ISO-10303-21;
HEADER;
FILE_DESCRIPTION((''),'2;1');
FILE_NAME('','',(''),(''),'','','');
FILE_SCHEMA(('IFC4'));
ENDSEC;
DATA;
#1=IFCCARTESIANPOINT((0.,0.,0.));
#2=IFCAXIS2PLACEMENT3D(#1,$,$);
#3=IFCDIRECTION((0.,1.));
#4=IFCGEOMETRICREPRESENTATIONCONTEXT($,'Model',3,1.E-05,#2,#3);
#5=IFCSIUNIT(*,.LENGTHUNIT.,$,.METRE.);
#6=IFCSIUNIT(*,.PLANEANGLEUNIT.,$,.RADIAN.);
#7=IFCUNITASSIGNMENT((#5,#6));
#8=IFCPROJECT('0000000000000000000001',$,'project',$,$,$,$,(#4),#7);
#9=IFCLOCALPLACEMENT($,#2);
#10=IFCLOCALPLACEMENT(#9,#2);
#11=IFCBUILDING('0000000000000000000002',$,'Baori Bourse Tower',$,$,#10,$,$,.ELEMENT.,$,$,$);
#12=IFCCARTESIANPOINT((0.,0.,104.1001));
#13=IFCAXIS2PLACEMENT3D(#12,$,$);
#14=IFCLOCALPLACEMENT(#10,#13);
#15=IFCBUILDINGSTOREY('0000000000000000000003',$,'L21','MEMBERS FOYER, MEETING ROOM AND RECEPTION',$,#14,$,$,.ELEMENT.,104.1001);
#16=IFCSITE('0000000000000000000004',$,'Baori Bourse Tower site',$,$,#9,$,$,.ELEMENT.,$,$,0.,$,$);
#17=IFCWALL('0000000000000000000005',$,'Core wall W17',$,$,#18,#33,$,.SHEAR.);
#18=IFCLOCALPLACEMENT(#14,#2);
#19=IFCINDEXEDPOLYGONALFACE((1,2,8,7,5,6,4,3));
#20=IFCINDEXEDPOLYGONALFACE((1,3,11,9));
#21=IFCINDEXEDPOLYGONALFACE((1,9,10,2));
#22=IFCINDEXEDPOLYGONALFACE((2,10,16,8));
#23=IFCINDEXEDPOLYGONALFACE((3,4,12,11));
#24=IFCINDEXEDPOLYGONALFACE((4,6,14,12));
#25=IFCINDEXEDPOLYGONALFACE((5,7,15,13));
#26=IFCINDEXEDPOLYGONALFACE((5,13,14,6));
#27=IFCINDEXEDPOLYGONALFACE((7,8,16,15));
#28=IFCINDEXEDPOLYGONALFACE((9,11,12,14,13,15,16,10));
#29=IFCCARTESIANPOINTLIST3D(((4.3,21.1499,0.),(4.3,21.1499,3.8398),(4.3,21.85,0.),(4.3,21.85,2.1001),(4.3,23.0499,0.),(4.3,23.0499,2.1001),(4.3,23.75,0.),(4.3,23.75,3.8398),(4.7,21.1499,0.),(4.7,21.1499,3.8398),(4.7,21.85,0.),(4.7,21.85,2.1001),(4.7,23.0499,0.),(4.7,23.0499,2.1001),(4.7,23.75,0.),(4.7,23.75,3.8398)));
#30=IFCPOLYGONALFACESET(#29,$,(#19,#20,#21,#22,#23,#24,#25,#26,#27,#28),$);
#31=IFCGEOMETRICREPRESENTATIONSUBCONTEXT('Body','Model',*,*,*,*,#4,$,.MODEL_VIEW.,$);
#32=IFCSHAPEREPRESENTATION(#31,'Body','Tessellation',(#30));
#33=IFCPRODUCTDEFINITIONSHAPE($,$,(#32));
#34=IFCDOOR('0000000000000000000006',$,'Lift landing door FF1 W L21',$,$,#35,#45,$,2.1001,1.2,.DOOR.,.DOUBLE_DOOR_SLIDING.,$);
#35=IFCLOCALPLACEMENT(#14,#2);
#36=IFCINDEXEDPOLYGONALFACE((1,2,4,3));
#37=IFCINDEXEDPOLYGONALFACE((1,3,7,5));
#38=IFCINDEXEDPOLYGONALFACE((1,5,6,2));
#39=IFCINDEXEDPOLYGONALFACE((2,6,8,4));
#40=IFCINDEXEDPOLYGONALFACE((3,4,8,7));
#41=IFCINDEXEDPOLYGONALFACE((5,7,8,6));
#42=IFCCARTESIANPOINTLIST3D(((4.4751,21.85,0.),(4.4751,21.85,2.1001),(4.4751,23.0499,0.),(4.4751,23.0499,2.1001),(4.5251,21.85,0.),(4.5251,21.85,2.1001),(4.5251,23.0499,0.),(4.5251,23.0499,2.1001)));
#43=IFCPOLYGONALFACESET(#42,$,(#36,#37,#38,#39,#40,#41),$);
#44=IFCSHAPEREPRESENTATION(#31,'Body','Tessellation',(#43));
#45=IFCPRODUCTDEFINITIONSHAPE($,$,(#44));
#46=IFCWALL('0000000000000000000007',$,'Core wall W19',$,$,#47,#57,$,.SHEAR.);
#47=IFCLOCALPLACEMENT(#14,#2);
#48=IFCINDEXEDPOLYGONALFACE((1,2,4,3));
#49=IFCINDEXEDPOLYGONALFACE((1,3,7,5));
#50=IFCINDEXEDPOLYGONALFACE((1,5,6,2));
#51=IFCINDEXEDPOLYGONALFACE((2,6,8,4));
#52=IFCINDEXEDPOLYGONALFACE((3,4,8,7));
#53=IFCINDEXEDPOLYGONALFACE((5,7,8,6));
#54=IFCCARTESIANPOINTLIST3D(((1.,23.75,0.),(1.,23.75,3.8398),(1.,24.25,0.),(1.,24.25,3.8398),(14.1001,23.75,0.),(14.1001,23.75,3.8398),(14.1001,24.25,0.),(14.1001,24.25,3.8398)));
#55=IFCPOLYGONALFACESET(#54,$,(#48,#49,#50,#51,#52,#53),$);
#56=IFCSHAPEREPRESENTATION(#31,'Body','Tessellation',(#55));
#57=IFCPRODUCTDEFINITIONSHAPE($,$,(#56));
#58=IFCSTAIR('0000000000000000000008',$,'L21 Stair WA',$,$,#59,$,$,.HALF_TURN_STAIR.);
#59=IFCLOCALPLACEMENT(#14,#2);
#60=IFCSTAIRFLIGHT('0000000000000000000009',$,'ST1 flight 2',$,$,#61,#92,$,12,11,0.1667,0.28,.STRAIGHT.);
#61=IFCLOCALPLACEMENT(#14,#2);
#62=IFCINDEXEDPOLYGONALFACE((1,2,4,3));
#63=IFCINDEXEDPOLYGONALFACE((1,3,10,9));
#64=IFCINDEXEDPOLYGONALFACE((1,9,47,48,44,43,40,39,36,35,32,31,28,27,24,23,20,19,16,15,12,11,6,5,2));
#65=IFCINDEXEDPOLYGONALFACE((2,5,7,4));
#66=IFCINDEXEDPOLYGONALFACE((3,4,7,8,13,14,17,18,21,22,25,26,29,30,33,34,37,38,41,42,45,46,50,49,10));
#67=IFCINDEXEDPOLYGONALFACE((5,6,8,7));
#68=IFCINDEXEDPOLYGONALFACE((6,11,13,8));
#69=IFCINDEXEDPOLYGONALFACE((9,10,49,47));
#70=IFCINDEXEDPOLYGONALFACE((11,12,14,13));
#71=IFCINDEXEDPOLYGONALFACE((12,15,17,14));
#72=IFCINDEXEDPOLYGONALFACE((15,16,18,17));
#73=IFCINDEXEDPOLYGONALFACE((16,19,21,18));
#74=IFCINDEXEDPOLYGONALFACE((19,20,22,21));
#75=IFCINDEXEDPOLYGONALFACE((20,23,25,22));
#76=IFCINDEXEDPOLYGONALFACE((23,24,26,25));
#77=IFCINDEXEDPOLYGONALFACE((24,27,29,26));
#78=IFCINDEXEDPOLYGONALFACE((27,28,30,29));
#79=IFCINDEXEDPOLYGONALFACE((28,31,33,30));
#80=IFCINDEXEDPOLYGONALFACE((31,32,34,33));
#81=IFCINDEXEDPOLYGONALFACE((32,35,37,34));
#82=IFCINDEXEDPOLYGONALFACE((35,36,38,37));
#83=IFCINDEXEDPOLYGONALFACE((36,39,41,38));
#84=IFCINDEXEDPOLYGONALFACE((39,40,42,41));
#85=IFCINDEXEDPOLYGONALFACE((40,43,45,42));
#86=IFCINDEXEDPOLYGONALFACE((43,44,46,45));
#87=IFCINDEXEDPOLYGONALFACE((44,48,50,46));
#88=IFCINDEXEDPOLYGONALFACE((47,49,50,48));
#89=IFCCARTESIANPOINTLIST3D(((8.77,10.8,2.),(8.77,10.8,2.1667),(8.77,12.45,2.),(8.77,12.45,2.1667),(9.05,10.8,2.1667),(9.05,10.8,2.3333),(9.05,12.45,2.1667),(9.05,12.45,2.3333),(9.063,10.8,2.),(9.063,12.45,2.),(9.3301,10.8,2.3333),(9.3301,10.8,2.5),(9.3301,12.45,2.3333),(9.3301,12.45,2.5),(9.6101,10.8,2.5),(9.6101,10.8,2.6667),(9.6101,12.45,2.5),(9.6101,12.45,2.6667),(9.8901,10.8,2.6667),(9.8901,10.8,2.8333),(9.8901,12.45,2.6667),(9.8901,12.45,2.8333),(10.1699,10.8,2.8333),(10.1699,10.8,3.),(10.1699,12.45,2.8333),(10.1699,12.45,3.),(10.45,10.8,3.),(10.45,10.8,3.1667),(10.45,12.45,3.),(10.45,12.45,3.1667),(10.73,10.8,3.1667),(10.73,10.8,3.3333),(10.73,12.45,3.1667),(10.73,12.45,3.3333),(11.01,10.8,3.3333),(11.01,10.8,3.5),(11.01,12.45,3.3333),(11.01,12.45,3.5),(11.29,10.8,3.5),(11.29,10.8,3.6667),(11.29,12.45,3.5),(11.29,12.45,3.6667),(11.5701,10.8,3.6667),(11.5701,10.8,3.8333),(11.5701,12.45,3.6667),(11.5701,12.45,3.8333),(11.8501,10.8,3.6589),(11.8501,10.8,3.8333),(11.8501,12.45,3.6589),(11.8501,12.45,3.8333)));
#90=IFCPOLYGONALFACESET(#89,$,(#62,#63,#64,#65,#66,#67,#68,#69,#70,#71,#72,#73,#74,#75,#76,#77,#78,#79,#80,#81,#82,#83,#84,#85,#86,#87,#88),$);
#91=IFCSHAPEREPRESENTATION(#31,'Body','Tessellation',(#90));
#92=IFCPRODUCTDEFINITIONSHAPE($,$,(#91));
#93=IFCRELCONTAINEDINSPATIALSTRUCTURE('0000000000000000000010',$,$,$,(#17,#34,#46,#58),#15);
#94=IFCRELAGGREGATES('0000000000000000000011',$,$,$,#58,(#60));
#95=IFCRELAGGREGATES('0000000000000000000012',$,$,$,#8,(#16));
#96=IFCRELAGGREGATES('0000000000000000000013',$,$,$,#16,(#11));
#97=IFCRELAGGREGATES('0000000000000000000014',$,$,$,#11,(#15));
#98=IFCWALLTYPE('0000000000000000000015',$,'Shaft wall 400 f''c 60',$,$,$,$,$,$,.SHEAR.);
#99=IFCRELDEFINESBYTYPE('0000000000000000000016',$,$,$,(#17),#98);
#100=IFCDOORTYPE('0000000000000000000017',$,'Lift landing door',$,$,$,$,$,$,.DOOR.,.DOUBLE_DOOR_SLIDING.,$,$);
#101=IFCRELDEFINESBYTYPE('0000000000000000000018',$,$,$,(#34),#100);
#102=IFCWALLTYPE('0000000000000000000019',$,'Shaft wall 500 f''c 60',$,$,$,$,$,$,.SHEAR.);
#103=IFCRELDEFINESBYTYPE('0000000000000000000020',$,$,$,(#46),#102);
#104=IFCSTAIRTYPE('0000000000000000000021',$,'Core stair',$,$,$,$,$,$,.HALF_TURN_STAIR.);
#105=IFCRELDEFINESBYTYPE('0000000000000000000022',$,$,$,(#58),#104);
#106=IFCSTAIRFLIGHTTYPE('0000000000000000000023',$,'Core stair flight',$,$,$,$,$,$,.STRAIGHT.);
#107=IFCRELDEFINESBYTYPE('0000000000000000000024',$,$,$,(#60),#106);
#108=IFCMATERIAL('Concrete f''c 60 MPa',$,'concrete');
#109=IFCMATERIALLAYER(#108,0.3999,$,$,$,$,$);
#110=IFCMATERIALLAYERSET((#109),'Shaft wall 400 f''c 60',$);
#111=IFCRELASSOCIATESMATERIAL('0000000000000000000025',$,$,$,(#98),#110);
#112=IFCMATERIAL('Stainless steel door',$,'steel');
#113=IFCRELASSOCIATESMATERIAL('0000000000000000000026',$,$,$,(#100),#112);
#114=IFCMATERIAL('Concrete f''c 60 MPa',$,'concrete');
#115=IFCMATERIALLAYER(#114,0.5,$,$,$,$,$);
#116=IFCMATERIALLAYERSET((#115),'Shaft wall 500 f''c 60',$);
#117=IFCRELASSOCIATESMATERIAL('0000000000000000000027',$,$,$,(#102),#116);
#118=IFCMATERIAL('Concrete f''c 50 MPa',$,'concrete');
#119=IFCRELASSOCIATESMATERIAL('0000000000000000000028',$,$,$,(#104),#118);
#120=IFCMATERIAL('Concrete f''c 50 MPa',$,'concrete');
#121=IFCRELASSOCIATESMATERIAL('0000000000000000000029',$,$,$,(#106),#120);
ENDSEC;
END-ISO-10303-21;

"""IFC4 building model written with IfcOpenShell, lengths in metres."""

from ifc_helpers import new_model, si_unit, direction, frame, frame_2d, origin, place, context, subcontext, project, spatial, polyline, rectangle, outline, extrude, material, layer, layer_set, type_object, element, fill, aggregate, save


model = new_model("IFC4")

# Units and contexts
model_context = context("Model", 3, precision=1e-05, world=origin(), true_north=direction((0.0, 1.0)))
body_context = subcontext(model_context, "Body", "Model", "MODEL_VIEW")
ifc_project = project(units=[si_unit("LENGTHUNIT", "METRE"), si_unit("PLANEANGLEUNIT", "RADIAN")], contexts=[model_context])

# Site, building, storey
site_placement = place(None, origin())
site = spatial("IfcSite", under=ifc_project, at=site_placement, Name="Baori Bourse Tower site", CompositionType="ELEMENT", RefElevation=0.0)
building_placement = place(site_placement, origin())
building = spatial("IfcBuilding", under=site, at=building_placement, Name="Baori Bourse Tower", CompositionType="ELEMENT")
storey_placement = place(building_placement, frame((0.0, 0.0, 104.1001)))
storey = spatial("IfcBuildingStorey", under=building, at=storey_placement, Name="L21", Description="MEMBERS FOYER, MEETING ROOM AND RECEPTION", CompositionType="ELEMENT", Elevation=104.1001)

# Shared definitions
ifc_material_1 = material(Name="Concrete f'c 60 MPa", Category="concrete")
ifc_layer_1 = layer(ifc_material_1, 0.3999)
ifc_layer_set_1 = layer_set([ifc_layer_1], Name="Shaft wall 400 f'c 60")
wall_type_1 = type_object("IfcWallType", Name="Shaft wall 400 f'c 60", PredefinedType="SHEAR", material=ifc_layer_set_1)

# Wall, opening, door
wall_1_placement = place(storey_placement, frame((4.5, 21.1499, 0.0), z_axis=(0.0, 0.0, 1.0), x_axis=(0.0, 1.0, 0.0)))
wall_1 = element("IfcWall", 1, at=wall_1_placement, inside=storey, type_object=wall_type_1, Name="Core wall W17", PredefinedType="SHEAR", context=body_context, shape_type="SweptSolid", body=[
    extrude(rectangle(XDim=2.6001, YDim=0.3999, at=frame_2d((1.3, 0.0))), origin(), (0.0, 0.0, 1.0), 3.8398),
])
opening_1_placement = place(wall_1_placement, frame((0.7, 0.0, 0.0)))
opening_1 = element("IfcOpeningElement", 2, at=opening_1_placement, cuts=wall_1, PredefinedType="OPENING", context=body_context, shape_type="SweptSolid", body=[
    extrude(rectangle(XDim=1.2, YDim=2.1001, at=frame_2d((0.6001, 1.05))), frame((0.0, 0.21, 0.0), z_axis=(0.0, -1.0, 0.0), x_axis=(1.0, 0.0, 0.0)), (0.0, 0.0, 1.0), 0.4199),
])
ifc_material_2 = material(Name="Stainless steel door", Category="steel")
door_type_1 = type_object("IfcDoorType", Name="Lift landing door", OperationType="DOUBLE_DOOR_SLIDING", PredefinedType="DOOR", material=ifc_material_2)
door_1_placement = place(opening_1_placement, origin())
door_1 = element("IfcDoor", 3, at=door_1_placement, inside=storey, type_object=door_type_1, Name="Lift landing door FF1 W L21", OperationType="DOUBLE_DOOR_SLIDING", OverallHeight=2.1001, OverallWidth=1.2, PredefinedType="DOOR", context=body_context, shape_type="SweptSolid", body=[
    extrude(rectangle(XDim=1.2, YDim=2.1001, at=frame_2d((0.6001, 1.05))), frame((0.0, 0.0249, 0.0), z_axis=(0.0, -1.0, 0.0), x_axis=(1.0, 0.0, 0.0)), (0.0, 0.0, 1.0), 0.05),
])
fill(opening_1, door_1)

# Wall
ifc_material_3 = material(Name="Concrete f'c 60 MPa", Category="concrete")
ifc_layer_2 = layer(ifc_material_3, 0.5)
ifc_layer_set_2 = layer_set([ifc_layer_2], Name="Shaft wall 500 f'c 60")
wall_type_2 = type_object("IfcWallType", Name="Shaft wall 500 f'c 60", PredefinedType="SHEAR", material=ifc_layer_set_2)
wall_2_placement = place(storey_placement, frame((1.0, 24.0, 0.0), z_axis=(0.0, 0.0, 1.0), x_axis=(1.0, 0.0, 0.0)))
element("IfcWall", 4, at=wall_2_placement, inside=storey, type_object=wall_type_2, Name="Core wall W19", PredefinedType="SHEAR", context=body_context, shape_type="SweptSolid", body=[
    extrude(rectangle(XDim=13.1001, YDim=0.5, at=frame_2d((6.55, 0.0))), origin(), (0.0, 0.0, 1.0), 3.8398),
])

# Stair, stair flight
ifc_material_4 = material(Name="Concrete f'c 50 MPa", Category="concrete")
stair_type = type_object("IfcStairType", Name="Core stair", PredefinedType="HALF_TURN_STAIR", material=ifc_material_4)
stair_placement = place(storey_placement, origin())
stair = element("IfcStair", 5, at=stair_placement, inside=storey, type_object=stair_type, Name="L21 Stair WA", PredefinedType="HALF_TURN_STAIR")
ifc_material_5 = material(Name="Concrete f'c 50 MPa", Category="concrete")
stair_flight_type = type_object("IfcStairFlightType", Name="Core stair flight", PredefinedType="STRAIGHT", material=ifc_material_5)
stair_flight_placement = place(storey_placement, frame((8.77, 11.625, 2.0), z_axis=(0.0, 0.0, 1.0), x_axis=(1.0, 0.0, 0.0)))
stair_flight = element("IfcStairFlight", 6, at=stair_flight_placement, type_object=stair_flight_type, Name="ST1 flight 2", NumberOfRisers=12, NumberOfTreads=11, PredefinedType="STRAIGHT", RiserHeight=0.1667, TreadLength=0.28, context=body_context, shape_type="SweptSolid", body=[
    extrude(outline(polyline([(0.0, 0.0), (0.0, 0.1667), (0.28, 0.1667), (0.28, 0.3333), (0.5601, 0.3333), (0.5601, 0.5), (0.8401, 0.5), (0.8401, 0.6667), (1.1201, 0.6667), (1.1201, 0.8333), (1.3999, 0.8333), (1.3999, 1.0), (1.6799, 1.0), (1.6799, 1.1667), (1.96, 1.1667), (1.96, 1.3333), (2.24, 1.3333), (2.24, 1.5), (2.52, 1.5), (2.52, 1.6667), (2.8, 1.6667), (2.8, 1.8333), (3.0801, 1.8333), (3.0801, 2.0), (3.0801, 1.6589), (0.293, 0.0), (0.0, 0.0)])), frame((0.0, 0.825, 0.0), z_axis=(0.0, -1.0, 0.0), x_axis=(1.0, 0.0, 0.0)), (0.0, 0.0, 1.0), 1.6499),
])
aggregate(stair, [stair_flight])

save(model, "model.ifc")
